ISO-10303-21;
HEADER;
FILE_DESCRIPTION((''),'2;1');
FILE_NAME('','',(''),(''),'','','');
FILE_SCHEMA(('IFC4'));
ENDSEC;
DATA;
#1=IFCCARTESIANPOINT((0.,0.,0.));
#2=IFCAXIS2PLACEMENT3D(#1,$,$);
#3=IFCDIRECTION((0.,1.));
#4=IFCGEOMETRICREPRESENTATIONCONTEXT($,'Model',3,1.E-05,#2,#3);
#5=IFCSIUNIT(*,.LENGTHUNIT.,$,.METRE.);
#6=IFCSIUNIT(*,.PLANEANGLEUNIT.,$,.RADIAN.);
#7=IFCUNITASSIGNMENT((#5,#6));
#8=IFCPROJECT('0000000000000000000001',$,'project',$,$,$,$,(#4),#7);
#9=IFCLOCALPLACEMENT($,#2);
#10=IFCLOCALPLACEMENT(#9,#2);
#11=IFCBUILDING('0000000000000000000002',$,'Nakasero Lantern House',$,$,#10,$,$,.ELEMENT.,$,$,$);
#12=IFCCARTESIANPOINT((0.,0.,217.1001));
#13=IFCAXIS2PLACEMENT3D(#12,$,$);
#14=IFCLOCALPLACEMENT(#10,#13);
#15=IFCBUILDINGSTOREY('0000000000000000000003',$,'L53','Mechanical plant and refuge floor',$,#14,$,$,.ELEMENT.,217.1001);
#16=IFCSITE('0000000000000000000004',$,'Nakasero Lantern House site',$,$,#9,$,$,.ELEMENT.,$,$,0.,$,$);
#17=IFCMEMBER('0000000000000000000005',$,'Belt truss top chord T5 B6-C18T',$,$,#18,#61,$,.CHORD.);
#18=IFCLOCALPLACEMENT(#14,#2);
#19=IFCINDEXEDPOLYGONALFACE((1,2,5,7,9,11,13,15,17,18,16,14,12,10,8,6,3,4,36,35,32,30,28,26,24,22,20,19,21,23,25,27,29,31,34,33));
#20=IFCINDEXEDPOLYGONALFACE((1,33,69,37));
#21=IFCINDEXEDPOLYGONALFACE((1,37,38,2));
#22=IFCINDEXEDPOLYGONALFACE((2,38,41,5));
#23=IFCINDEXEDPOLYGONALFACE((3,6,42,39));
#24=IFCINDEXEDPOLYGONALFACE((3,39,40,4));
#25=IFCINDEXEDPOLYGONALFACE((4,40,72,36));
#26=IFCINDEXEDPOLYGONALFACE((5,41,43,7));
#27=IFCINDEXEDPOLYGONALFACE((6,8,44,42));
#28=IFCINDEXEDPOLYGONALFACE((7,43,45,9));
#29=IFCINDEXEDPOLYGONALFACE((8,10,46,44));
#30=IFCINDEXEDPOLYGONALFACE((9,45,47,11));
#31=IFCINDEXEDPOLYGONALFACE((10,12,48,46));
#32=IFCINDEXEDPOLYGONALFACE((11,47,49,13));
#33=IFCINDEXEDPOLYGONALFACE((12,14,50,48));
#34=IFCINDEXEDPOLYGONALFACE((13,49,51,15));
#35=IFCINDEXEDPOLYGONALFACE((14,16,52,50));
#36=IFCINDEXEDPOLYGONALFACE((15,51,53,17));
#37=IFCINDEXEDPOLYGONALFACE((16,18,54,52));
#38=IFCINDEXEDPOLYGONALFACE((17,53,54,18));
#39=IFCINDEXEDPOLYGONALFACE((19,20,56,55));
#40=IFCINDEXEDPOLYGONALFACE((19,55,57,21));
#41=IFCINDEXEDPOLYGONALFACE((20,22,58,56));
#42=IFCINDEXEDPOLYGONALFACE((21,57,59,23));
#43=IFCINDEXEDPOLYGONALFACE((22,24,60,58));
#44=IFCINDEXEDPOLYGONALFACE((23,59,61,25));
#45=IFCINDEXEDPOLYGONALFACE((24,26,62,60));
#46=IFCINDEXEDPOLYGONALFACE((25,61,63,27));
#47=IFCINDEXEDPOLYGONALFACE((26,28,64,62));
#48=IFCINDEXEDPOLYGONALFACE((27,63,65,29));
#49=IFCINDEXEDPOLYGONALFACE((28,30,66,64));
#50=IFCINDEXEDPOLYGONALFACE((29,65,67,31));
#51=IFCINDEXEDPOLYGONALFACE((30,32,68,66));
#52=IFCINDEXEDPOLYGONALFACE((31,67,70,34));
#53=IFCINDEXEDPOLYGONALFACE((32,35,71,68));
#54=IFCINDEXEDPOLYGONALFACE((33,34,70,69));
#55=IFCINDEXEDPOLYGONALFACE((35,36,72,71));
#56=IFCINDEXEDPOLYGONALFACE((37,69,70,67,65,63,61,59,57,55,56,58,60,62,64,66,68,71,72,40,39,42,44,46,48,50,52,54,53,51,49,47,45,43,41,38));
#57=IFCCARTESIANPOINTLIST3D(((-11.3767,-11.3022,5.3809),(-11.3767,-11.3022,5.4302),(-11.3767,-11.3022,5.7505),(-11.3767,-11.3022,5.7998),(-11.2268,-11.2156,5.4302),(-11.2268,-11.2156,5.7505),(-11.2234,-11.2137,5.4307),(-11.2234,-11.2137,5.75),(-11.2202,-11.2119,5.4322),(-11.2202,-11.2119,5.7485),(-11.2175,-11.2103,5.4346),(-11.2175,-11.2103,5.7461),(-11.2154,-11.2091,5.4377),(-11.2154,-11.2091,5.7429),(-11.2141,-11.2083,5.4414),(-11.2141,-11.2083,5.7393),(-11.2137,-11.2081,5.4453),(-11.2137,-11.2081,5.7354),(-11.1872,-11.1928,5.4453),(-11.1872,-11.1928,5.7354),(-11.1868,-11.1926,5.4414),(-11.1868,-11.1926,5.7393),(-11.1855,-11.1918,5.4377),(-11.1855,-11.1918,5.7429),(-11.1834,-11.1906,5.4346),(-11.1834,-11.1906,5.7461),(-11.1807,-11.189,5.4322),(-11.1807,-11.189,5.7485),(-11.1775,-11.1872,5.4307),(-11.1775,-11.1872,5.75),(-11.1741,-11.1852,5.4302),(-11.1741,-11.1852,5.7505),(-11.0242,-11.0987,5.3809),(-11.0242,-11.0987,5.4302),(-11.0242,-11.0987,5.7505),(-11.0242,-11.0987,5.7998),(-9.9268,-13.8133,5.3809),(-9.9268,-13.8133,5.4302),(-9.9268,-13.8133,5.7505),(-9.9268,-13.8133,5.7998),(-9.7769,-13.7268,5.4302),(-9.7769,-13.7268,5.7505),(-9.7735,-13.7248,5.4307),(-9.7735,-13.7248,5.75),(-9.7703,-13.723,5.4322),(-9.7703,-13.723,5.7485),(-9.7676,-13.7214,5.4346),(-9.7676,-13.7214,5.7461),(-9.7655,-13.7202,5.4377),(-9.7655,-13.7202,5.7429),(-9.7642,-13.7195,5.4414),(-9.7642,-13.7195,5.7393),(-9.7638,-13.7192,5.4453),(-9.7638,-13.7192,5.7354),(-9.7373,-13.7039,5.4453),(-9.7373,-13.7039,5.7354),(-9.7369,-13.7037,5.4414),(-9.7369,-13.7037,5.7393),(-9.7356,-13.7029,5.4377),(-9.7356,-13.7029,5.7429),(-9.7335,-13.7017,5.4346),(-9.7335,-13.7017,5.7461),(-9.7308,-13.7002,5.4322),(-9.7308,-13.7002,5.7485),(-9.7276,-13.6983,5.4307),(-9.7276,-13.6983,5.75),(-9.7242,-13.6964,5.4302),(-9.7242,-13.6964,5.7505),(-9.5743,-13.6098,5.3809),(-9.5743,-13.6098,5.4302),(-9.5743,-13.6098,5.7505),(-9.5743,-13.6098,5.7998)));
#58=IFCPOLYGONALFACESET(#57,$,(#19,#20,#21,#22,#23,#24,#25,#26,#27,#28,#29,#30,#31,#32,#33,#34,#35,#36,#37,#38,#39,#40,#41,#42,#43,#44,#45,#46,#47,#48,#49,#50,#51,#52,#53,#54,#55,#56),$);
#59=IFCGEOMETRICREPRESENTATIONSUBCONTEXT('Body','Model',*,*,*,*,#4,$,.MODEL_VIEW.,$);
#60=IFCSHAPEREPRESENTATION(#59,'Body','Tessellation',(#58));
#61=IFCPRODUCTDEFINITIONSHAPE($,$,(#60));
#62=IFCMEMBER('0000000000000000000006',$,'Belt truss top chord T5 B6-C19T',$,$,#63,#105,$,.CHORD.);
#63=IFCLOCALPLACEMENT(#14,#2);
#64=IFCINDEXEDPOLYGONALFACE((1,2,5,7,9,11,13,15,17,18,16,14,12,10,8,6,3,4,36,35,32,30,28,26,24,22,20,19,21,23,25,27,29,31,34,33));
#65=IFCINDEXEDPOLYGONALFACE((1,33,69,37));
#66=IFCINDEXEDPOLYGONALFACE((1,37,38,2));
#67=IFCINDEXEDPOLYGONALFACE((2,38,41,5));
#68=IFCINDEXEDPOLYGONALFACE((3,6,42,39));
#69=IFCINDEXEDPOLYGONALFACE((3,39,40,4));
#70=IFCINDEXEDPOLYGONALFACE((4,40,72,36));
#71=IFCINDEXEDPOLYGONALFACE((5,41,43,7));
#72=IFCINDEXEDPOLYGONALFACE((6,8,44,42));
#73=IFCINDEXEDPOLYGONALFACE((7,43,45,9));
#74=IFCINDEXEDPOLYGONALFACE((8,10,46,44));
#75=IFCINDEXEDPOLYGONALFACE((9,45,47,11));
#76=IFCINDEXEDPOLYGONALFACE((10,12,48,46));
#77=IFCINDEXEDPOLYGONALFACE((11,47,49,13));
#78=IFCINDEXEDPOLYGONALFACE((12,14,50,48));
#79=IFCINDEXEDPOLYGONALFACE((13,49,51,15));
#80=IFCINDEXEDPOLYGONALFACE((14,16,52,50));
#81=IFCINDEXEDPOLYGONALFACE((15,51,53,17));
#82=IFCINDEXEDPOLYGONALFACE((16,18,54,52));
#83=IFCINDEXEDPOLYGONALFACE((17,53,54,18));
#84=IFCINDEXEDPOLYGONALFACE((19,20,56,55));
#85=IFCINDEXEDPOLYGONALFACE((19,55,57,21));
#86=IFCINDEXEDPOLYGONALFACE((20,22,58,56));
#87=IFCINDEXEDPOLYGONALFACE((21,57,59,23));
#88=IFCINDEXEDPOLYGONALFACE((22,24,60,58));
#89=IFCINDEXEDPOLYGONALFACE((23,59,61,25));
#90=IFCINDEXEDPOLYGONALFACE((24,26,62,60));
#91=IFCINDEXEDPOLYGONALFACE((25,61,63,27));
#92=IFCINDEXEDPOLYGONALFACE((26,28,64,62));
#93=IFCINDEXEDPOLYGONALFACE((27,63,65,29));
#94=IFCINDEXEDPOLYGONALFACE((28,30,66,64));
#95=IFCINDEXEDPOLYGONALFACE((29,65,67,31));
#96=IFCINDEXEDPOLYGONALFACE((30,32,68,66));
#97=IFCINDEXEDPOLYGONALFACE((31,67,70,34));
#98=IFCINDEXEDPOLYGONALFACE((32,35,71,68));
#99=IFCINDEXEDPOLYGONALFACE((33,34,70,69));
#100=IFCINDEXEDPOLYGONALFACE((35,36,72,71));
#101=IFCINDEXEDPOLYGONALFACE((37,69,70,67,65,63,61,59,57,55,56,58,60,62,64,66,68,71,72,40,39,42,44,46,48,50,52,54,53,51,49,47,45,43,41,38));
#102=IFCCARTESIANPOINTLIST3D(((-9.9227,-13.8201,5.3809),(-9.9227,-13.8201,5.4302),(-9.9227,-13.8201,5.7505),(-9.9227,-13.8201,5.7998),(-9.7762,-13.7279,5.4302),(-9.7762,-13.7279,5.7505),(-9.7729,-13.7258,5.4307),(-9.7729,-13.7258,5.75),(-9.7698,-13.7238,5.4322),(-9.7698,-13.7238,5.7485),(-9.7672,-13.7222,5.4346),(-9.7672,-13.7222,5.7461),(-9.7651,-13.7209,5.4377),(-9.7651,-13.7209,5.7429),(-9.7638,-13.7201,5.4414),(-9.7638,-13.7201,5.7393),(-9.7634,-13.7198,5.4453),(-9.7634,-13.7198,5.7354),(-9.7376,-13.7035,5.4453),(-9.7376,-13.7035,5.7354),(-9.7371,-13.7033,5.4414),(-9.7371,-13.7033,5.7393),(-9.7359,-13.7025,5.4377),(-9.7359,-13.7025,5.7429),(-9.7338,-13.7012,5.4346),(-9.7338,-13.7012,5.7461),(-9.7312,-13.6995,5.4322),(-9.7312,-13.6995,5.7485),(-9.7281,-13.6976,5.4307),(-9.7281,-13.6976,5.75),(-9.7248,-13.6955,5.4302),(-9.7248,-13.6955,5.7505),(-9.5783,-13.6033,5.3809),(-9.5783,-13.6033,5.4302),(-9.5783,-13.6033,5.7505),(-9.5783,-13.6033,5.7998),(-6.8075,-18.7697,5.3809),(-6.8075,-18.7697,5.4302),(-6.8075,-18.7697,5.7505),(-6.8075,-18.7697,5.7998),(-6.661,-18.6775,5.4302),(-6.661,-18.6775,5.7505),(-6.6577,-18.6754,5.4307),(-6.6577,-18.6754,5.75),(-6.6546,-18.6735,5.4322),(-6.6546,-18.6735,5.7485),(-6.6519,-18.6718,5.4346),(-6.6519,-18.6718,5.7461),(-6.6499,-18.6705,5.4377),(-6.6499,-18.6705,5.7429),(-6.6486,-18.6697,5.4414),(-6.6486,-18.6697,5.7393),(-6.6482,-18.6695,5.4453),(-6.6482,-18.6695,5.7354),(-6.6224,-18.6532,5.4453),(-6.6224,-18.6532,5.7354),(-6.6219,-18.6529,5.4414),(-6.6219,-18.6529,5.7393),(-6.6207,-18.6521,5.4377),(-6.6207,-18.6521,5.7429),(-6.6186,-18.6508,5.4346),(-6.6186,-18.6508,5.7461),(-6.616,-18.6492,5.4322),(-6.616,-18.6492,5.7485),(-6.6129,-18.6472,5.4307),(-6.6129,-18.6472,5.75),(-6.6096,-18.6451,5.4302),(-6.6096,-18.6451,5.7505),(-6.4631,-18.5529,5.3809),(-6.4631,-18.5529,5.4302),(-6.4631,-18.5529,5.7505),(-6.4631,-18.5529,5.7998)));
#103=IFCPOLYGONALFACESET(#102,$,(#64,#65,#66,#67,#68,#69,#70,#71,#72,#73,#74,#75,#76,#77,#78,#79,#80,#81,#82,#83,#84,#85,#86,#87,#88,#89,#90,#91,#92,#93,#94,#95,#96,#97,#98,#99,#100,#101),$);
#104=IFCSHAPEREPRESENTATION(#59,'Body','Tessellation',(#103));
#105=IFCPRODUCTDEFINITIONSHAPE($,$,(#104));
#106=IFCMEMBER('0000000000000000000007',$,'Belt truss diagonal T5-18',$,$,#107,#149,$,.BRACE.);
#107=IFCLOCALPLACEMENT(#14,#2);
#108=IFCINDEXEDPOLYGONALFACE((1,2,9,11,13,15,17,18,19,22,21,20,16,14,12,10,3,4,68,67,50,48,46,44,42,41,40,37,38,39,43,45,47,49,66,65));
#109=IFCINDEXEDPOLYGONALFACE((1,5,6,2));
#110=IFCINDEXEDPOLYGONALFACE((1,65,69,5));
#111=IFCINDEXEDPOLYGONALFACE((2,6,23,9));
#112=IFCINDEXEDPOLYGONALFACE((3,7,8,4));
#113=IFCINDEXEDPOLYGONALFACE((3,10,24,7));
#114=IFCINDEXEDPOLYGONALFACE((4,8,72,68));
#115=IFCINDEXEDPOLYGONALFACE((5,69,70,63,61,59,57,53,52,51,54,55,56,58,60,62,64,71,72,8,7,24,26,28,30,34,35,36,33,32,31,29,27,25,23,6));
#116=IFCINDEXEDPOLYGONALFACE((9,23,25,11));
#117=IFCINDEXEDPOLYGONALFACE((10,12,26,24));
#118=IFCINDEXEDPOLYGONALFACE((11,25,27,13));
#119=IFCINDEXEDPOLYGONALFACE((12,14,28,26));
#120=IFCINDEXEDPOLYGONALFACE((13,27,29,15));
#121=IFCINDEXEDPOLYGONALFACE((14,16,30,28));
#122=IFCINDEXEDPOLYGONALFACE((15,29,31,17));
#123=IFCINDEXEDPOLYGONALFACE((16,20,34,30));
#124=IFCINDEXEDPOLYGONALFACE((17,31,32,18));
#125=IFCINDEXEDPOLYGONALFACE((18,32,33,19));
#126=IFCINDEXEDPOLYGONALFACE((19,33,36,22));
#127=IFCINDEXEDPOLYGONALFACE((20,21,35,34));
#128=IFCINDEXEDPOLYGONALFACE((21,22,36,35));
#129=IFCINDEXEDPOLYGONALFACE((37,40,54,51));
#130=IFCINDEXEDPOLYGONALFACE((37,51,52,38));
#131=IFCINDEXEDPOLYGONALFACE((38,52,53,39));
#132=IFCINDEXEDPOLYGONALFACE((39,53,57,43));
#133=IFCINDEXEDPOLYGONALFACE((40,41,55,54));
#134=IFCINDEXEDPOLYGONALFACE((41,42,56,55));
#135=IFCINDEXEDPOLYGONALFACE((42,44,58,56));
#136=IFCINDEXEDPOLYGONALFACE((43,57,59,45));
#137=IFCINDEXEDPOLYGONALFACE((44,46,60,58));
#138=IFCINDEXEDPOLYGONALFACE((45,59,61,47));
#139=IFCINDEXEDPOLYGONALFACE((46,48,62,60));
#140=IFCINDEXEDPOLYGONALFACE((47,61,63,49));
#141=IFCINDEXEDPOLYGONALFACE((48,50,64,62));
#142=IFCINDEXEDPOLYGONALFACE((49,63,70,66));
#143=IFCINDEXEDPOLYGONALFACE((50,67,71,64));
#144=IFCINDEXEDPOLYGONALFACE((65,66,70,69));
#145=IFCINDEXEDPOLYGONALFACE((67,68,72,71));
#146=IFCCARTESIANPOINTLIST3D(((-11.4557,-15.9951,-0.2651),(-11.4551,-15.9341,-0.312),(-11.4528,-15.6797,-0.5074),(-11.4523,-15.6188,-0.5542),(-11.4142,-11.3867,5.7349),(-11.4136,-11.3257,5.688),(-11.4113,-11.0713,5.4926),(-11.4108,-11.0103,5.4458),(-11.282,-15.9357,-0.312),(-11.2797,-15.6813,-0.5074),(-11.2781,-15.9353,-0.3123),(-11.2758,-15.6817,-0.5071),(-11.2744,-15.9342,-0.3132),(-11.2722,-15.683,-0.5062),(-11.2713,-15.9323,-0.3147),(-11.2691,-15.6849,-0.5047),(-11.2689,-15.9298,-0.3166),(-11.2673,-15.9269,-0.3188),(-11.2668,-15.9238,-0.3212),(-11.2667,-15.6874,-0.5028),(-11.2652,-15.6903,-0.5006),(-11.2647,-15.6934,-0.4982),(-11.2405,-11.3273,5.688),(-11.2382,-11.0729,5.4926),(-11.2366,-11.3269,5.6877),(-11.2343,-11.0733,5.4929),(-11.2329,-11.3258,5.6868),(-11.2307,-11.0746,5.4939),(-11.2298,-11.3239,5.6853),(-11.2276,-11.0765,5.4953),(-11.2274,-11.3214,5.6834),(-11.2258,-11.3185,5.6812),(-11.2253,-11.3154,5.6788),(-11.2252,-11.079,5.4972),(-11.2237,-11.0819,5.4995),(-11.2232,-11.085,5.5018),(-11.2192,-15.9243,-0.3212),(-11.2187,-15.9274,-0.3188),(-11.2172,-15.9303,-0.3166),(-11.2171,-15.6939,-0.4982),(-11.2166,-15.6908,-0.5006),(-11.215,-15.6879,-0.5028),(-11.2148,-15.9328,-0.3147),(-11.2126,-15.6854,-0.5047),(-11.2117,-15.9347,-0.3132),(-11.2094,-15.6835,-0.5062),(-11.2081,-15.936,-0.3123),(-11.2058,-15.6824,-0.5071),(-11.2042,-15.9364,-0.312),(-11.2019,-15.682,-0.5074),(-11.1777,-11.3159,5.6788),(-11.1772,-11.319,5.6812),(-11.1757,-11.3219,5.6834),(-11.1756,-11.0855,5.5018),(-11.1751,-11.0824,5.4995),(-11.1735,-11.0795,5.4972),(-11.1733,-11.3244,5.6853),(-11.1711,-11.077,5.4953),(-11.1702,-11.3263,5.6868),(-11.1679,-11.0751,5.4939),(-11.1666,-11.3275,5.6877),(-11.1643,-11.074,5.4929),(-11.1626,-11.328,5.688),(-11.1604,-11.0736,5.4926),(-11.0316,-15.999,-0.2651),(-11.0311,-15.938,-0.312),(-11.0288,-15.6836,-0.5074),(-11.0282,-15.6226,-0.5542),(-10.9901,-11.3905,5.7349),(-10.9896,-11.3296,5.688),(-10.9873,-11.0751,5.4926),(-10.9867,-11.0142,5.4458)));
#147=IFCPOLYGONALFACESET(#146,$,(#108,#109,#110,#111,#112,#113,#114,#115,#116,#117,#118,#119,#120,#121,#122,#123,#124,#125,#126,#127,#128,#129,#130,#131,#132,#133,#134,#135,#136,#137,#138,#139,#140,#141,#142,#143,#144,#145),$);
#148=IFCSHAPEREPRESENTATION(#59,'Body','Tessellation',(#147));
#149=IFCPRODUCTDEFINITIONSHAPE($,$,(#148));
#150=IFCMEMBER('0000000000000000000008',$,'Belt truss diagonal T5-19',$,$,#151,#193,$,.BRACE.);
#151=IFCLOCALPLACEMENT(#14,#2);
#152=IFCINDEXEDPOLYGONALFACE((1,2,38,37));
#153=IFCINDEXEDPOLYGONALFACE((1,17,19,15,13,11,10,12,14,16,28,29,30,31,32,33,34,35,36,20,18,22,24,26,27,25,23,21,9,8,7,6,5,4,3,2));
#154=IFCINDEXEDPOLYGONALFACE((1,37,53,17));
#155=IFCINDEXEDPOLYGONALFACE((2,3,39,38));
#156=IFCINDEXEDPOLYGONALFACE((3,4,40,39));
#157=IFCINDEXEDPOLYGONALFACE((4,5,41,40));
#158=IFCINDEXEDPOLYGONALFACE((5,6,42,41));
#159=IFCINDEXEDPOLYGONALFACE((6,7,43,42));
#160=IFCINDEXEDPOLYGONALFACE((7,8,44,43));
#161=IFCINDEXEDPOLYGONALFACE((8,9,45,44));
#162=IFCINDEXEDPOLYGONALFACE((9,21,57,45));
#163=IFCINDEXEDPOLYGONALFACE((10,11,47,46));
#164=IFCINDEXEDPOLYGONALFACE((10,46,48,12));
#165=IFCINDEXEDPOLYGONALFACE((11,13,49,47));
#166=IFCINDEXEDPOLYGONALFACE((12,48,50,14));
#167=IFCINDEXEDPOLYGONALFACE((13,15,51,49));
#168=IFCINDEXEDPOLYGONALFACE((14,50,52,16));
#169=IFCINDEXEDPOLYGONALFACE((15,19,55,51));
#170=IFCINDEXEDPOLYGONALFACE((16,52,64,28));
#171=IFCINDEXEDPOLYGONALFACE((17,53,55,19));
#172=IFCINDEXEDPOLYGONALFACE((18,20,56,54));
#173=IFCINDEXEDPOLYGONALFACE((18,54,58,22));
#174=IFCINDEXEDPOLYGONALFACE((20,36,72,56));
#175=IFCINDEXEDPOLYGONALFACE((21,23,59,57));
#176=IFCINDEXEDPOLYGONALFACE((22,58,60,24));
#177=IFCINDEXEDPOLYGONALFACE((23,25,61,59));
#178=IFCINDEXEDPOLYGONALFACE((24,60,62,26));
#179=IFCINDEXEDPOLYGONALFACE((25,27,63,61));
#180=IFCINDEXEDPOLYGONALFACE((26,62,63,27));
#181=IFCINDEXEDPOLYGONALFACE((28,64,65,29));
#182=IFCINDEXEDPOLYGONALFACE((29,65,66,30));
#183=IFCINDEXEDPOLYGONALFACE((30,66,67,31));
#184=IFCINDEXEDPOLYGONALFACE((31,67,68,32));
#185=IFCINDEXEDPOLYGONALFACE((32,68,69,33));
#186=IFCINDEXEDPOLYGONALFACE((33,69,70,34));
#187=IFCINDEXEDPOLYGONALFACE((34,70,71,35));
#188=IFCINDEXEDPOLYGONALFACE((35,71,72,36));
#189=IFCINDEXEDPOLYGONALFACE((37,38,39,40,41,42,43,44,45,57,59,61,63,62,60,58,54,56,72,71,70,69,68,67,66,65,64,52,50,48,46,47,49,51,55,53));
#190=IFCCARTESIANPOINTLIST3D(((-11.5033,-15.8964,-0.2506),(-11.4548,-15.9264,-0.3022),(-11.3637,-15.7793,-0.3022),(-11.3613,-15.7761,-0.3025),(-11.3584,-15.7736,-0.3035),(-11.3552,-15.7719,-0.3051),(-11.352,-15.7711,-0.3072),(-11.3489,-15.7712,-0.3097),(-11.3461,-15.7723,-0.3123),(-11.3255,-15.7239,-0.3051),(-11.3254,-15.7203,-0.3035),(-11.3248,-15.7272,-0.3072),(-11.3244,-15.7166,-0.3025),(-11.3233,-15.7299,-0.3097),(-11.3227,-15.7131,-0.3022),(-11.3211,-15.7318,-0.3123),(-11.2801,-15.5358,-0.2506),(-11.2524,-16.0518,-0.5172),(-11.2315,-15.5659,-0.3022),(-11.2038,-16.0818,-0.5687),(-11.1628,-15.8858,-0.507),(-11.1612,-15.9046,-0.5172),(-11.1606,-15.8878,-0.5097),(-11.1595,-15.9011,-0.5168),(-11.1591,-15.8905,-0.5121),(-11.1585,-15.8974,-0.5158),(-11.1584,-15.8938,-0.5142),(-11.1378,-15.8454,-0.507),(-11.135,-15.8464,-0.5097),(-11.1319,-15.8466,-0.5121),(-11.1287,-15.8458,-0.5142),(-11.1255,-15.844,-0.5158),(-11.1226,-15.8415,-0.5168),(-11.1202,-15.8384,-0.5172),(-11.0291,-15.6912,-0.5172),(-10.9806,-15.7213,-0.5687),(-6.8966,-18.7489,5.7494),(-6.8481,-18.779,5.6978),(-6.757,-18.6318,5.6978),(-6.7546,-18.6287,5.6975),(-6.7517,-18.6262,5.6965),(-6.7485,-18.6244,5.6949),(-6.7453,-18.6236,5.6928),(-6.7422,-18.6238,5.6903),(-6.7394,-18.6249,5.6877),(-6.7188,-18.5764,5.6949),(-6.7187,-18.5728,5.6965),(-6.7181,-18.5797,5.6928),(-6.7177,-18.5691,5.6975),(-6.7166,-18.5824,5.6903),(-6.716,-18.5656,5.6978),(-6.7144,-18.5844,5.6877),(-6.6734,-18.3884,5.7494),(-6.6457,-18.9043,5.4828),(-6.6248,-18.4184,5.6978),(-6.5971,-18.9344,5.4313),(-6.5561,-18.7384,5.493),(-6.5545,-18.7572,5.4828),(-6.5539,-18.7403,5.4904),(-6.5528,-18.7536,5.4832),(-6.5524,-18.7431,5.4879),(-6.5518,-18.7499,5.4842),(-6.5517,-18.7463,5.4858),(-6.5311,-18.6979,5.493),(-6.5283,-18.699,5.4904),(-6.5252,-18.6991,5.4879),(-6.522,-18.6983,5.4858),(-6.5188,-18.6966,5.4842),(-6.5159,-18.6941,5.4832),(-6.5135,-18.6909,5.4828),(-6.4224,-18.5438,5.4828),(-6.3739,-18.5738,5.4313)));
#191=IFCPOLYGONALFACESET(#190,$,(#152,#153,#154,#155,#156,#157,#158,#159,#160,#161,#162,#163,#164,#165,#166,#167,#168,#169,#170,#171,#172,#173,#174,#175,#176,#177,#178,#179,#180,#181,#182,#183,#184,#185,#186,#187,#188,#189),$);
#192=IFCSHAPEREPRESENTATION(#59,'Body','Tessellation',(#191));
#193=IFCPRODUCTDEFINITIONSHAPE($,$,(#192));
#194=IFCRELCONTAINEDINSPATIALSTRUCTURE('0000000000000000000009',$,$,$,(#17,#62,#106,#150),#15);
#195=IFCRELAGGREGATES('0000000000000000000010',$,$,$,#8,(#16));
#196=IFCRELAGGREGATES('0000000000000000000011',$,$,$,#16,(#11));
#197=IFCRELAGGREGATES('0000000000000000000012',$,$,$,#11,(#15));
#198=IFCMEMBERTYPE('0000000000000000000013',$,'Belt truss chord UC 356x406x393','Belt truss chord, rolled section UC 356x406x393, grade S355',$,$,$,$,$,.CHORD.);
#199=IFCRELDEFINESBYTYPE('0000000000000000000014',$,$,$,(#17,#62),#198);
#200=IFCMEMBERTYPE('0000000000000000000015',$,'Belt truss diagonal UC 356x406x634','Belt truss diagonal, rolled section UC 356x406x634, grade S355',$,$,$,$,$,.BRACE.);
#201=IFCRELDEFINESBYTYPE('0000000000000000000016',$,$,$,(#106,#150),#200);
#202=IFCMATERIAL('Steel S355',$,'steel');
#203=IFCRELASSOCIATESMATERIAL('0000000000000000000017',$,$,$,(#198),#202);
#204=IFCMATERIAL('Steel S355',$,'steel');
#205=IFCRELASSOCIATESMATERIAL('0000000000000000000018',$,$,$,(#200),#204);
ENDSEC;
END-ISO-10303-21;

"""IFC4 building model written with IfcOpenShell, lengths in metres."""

from ifc_helpers import new_model, si_unit, direction, frame, origin, origin_2d, place, context, subcontext, project, spatial, i_section, extrude, material, material_profile, profile_set, type_object, element, save


model = new_model("IFC4")

# Units and contexts
model_context = context("Model", 3, precision=1e-05, world=origin(), true_north=direction((0.0, 1.0)))
body_context = subcontext(model_context, "Body", "Model", "MODEL_VIEW")
ifc_project = project(units=[si_unit("LENGTHUNIT", "METRE"), si_unit("PLANEANGLEUNIT", "RADIAN")], contexts=[model_context])

# Site, building, storey
site_placement = place(None, origin())
site = spatial("IfcSite", under=ifc_project, at=site_placement, Name="Nakasero Lantern House site", CompositionType="ELEMENT", RefElevation=0.0)
building_placement = place(site_placement, origin())
building = spatial("IfcBuilding", under=site, at=building_placement, Name="Nakasero Lantern House", CompositionType="ELEMENT")
storey_placement = place(building_placement, frame((0.0, 0.0, 217.1001)))
storey = spatial("IfcBuildingStorey", under=building, at=storey_placement, Name="L53", Description="Mechanical plant and refuge floor", CompositionType="ELEMENT", Elevation=217.1001)

# Members
ifc_material_1 = material(Name="Steel S355", Category="steel")
ifc_material_profile_1 = material_profile(ifc_material_1, i_section(OverallWidth=0.407, OverallDepth=0.4189, WebThickness=0.0305, FlangeThickness=0.0493, FilletRadius=0.0151, at=origin_2d()), Name="UC 356x406x393")
ifc_profile_set_1 = profile_set([ifc_material_profile_1], Name="Steel S355")
member_type_1 = type_object("IfcMemberType", Name="Belt truss chord UC 356x406x393", Description="Belt truss chord, rolled section UC 356x406x393, grade S355", PredefinedType="CHORD", material=ifc_profile_set_1)
member_1_placement = place(storey_placement, frame((-11.2004, -11.2004, 5.5903), z_axis=(0.500024, -0.866012, 0.0), x_axis=(0.866012, 0.500024, 0.0)))
element("IfcMember", 1, at=member_1_placement, inside=storey, type_object=member_type_1, Name="Belt truss top chord T5 B6-C18T", PredefinedType="CHORD", context=body_context, shape_type="SweptSolid", body=[
    extrude(i_section(OverallWidth=0.407, OverallDepth=0.4189, WebThickness=0.0305, FlangeThickness=0.0493, FilletRadius=0.0151, at=origin_2d()), origin(), (0.0, 0.0, 1.0), 2.8997),
])
member_2_placement = place(storey_placement, frame((-9.7505, -13.7117, 5.5903), z_axis=(0.53266, -0.846329, 0.0), x_axis=(0.846329, 0.53266, 0.0)))
element("IfcMember", 2, at=member_2_placement, inside=storey, type_object=member_type_1, Name="Belt truss top chord T5 B6-C19T", PredefinedType="CHORD", context=body_context, shape_type="SweptSolid", body=[
    extrude(i_section(OverallWidth=0.407, OverallDepth=0.4189, WebThickness=0.0305, FlangeThickness=0.0493, FilletRadius=0.0151, at=origin_2d()), origin(), (0.0, 0.0, 1.0), 5.8484),
])
ifc_material_2 = material(Name="Steel S355", Category="steel")
ifc_material_profile_2 = material_profile(ifc_material_2, i_section(OverallWidth=0.4241, OverallDepth=0.4746, WebThickness=0.0476, FlangeThickness=0.0769, FilletRadius=0.0151, at=origin_2d()), Name="UC 356x406x634")
ifc_profile_set_2 = profile_set([ifc_material_profile_2], Name="Steel S355")
member_type_2 = type_object("IfcMemberType", Name="Belt truss diagonal UC 356x406x634", Description="Belt truss diagonal, rolled section UC 356x406x634, grade S355", PredefinedType="BRACE", material=ifc_profile_set_2)
member_3_placement = place(storey_placement, frame((-11.2004, -11.2004, 5.5903), z_axis=(-0.005486, -0.609121, -0.793058), x_axis=(0.999959, -0.009006, 0.0)))
element("IfcMember", 3, at=member_3_placement, inside=storey, type_object=member_type_2, Name="Belt truss diagonal T5-18", PredefinedType="BRACE", context=body_context, shape_type="SweptSolid", body=[
    extrude(i_section(OverallWidth=0.4241, OverallDepth=0.4746, WebThickness=0.0476, FlangeThickness=0.0769, FilletRadius=0.0151, at=origin_2d()), origin(), (0.0, 0.0, 1.0), 7.5657),
])
member_4_placement = place(storey_placement, frame((-11.2419, -15.8088, -0.4097), z_axis=(0.56982, -0.352842, 0.742164), x_axis=(0.526459, 0.850201, 0.0)))
element("IfcMember", 4, at=member_4_placement, inside=storey, type_object=member_type_2, Name="Belt truss diagonal T5-19", PredefinedType="BRACE", context=body_context, shape_type="SweptSolid", body=[
    extrude(i_section(OverallWidth=0.4241, OverallDepth=0.4746, WebThickness=0.0476, FlangeThickness=0.0769, FilletRadius=0.0151, at=origin_2d()), origin(), (0.0, 0.0, 1.0), 8.0845),
])

save(model, "model.ifc")
